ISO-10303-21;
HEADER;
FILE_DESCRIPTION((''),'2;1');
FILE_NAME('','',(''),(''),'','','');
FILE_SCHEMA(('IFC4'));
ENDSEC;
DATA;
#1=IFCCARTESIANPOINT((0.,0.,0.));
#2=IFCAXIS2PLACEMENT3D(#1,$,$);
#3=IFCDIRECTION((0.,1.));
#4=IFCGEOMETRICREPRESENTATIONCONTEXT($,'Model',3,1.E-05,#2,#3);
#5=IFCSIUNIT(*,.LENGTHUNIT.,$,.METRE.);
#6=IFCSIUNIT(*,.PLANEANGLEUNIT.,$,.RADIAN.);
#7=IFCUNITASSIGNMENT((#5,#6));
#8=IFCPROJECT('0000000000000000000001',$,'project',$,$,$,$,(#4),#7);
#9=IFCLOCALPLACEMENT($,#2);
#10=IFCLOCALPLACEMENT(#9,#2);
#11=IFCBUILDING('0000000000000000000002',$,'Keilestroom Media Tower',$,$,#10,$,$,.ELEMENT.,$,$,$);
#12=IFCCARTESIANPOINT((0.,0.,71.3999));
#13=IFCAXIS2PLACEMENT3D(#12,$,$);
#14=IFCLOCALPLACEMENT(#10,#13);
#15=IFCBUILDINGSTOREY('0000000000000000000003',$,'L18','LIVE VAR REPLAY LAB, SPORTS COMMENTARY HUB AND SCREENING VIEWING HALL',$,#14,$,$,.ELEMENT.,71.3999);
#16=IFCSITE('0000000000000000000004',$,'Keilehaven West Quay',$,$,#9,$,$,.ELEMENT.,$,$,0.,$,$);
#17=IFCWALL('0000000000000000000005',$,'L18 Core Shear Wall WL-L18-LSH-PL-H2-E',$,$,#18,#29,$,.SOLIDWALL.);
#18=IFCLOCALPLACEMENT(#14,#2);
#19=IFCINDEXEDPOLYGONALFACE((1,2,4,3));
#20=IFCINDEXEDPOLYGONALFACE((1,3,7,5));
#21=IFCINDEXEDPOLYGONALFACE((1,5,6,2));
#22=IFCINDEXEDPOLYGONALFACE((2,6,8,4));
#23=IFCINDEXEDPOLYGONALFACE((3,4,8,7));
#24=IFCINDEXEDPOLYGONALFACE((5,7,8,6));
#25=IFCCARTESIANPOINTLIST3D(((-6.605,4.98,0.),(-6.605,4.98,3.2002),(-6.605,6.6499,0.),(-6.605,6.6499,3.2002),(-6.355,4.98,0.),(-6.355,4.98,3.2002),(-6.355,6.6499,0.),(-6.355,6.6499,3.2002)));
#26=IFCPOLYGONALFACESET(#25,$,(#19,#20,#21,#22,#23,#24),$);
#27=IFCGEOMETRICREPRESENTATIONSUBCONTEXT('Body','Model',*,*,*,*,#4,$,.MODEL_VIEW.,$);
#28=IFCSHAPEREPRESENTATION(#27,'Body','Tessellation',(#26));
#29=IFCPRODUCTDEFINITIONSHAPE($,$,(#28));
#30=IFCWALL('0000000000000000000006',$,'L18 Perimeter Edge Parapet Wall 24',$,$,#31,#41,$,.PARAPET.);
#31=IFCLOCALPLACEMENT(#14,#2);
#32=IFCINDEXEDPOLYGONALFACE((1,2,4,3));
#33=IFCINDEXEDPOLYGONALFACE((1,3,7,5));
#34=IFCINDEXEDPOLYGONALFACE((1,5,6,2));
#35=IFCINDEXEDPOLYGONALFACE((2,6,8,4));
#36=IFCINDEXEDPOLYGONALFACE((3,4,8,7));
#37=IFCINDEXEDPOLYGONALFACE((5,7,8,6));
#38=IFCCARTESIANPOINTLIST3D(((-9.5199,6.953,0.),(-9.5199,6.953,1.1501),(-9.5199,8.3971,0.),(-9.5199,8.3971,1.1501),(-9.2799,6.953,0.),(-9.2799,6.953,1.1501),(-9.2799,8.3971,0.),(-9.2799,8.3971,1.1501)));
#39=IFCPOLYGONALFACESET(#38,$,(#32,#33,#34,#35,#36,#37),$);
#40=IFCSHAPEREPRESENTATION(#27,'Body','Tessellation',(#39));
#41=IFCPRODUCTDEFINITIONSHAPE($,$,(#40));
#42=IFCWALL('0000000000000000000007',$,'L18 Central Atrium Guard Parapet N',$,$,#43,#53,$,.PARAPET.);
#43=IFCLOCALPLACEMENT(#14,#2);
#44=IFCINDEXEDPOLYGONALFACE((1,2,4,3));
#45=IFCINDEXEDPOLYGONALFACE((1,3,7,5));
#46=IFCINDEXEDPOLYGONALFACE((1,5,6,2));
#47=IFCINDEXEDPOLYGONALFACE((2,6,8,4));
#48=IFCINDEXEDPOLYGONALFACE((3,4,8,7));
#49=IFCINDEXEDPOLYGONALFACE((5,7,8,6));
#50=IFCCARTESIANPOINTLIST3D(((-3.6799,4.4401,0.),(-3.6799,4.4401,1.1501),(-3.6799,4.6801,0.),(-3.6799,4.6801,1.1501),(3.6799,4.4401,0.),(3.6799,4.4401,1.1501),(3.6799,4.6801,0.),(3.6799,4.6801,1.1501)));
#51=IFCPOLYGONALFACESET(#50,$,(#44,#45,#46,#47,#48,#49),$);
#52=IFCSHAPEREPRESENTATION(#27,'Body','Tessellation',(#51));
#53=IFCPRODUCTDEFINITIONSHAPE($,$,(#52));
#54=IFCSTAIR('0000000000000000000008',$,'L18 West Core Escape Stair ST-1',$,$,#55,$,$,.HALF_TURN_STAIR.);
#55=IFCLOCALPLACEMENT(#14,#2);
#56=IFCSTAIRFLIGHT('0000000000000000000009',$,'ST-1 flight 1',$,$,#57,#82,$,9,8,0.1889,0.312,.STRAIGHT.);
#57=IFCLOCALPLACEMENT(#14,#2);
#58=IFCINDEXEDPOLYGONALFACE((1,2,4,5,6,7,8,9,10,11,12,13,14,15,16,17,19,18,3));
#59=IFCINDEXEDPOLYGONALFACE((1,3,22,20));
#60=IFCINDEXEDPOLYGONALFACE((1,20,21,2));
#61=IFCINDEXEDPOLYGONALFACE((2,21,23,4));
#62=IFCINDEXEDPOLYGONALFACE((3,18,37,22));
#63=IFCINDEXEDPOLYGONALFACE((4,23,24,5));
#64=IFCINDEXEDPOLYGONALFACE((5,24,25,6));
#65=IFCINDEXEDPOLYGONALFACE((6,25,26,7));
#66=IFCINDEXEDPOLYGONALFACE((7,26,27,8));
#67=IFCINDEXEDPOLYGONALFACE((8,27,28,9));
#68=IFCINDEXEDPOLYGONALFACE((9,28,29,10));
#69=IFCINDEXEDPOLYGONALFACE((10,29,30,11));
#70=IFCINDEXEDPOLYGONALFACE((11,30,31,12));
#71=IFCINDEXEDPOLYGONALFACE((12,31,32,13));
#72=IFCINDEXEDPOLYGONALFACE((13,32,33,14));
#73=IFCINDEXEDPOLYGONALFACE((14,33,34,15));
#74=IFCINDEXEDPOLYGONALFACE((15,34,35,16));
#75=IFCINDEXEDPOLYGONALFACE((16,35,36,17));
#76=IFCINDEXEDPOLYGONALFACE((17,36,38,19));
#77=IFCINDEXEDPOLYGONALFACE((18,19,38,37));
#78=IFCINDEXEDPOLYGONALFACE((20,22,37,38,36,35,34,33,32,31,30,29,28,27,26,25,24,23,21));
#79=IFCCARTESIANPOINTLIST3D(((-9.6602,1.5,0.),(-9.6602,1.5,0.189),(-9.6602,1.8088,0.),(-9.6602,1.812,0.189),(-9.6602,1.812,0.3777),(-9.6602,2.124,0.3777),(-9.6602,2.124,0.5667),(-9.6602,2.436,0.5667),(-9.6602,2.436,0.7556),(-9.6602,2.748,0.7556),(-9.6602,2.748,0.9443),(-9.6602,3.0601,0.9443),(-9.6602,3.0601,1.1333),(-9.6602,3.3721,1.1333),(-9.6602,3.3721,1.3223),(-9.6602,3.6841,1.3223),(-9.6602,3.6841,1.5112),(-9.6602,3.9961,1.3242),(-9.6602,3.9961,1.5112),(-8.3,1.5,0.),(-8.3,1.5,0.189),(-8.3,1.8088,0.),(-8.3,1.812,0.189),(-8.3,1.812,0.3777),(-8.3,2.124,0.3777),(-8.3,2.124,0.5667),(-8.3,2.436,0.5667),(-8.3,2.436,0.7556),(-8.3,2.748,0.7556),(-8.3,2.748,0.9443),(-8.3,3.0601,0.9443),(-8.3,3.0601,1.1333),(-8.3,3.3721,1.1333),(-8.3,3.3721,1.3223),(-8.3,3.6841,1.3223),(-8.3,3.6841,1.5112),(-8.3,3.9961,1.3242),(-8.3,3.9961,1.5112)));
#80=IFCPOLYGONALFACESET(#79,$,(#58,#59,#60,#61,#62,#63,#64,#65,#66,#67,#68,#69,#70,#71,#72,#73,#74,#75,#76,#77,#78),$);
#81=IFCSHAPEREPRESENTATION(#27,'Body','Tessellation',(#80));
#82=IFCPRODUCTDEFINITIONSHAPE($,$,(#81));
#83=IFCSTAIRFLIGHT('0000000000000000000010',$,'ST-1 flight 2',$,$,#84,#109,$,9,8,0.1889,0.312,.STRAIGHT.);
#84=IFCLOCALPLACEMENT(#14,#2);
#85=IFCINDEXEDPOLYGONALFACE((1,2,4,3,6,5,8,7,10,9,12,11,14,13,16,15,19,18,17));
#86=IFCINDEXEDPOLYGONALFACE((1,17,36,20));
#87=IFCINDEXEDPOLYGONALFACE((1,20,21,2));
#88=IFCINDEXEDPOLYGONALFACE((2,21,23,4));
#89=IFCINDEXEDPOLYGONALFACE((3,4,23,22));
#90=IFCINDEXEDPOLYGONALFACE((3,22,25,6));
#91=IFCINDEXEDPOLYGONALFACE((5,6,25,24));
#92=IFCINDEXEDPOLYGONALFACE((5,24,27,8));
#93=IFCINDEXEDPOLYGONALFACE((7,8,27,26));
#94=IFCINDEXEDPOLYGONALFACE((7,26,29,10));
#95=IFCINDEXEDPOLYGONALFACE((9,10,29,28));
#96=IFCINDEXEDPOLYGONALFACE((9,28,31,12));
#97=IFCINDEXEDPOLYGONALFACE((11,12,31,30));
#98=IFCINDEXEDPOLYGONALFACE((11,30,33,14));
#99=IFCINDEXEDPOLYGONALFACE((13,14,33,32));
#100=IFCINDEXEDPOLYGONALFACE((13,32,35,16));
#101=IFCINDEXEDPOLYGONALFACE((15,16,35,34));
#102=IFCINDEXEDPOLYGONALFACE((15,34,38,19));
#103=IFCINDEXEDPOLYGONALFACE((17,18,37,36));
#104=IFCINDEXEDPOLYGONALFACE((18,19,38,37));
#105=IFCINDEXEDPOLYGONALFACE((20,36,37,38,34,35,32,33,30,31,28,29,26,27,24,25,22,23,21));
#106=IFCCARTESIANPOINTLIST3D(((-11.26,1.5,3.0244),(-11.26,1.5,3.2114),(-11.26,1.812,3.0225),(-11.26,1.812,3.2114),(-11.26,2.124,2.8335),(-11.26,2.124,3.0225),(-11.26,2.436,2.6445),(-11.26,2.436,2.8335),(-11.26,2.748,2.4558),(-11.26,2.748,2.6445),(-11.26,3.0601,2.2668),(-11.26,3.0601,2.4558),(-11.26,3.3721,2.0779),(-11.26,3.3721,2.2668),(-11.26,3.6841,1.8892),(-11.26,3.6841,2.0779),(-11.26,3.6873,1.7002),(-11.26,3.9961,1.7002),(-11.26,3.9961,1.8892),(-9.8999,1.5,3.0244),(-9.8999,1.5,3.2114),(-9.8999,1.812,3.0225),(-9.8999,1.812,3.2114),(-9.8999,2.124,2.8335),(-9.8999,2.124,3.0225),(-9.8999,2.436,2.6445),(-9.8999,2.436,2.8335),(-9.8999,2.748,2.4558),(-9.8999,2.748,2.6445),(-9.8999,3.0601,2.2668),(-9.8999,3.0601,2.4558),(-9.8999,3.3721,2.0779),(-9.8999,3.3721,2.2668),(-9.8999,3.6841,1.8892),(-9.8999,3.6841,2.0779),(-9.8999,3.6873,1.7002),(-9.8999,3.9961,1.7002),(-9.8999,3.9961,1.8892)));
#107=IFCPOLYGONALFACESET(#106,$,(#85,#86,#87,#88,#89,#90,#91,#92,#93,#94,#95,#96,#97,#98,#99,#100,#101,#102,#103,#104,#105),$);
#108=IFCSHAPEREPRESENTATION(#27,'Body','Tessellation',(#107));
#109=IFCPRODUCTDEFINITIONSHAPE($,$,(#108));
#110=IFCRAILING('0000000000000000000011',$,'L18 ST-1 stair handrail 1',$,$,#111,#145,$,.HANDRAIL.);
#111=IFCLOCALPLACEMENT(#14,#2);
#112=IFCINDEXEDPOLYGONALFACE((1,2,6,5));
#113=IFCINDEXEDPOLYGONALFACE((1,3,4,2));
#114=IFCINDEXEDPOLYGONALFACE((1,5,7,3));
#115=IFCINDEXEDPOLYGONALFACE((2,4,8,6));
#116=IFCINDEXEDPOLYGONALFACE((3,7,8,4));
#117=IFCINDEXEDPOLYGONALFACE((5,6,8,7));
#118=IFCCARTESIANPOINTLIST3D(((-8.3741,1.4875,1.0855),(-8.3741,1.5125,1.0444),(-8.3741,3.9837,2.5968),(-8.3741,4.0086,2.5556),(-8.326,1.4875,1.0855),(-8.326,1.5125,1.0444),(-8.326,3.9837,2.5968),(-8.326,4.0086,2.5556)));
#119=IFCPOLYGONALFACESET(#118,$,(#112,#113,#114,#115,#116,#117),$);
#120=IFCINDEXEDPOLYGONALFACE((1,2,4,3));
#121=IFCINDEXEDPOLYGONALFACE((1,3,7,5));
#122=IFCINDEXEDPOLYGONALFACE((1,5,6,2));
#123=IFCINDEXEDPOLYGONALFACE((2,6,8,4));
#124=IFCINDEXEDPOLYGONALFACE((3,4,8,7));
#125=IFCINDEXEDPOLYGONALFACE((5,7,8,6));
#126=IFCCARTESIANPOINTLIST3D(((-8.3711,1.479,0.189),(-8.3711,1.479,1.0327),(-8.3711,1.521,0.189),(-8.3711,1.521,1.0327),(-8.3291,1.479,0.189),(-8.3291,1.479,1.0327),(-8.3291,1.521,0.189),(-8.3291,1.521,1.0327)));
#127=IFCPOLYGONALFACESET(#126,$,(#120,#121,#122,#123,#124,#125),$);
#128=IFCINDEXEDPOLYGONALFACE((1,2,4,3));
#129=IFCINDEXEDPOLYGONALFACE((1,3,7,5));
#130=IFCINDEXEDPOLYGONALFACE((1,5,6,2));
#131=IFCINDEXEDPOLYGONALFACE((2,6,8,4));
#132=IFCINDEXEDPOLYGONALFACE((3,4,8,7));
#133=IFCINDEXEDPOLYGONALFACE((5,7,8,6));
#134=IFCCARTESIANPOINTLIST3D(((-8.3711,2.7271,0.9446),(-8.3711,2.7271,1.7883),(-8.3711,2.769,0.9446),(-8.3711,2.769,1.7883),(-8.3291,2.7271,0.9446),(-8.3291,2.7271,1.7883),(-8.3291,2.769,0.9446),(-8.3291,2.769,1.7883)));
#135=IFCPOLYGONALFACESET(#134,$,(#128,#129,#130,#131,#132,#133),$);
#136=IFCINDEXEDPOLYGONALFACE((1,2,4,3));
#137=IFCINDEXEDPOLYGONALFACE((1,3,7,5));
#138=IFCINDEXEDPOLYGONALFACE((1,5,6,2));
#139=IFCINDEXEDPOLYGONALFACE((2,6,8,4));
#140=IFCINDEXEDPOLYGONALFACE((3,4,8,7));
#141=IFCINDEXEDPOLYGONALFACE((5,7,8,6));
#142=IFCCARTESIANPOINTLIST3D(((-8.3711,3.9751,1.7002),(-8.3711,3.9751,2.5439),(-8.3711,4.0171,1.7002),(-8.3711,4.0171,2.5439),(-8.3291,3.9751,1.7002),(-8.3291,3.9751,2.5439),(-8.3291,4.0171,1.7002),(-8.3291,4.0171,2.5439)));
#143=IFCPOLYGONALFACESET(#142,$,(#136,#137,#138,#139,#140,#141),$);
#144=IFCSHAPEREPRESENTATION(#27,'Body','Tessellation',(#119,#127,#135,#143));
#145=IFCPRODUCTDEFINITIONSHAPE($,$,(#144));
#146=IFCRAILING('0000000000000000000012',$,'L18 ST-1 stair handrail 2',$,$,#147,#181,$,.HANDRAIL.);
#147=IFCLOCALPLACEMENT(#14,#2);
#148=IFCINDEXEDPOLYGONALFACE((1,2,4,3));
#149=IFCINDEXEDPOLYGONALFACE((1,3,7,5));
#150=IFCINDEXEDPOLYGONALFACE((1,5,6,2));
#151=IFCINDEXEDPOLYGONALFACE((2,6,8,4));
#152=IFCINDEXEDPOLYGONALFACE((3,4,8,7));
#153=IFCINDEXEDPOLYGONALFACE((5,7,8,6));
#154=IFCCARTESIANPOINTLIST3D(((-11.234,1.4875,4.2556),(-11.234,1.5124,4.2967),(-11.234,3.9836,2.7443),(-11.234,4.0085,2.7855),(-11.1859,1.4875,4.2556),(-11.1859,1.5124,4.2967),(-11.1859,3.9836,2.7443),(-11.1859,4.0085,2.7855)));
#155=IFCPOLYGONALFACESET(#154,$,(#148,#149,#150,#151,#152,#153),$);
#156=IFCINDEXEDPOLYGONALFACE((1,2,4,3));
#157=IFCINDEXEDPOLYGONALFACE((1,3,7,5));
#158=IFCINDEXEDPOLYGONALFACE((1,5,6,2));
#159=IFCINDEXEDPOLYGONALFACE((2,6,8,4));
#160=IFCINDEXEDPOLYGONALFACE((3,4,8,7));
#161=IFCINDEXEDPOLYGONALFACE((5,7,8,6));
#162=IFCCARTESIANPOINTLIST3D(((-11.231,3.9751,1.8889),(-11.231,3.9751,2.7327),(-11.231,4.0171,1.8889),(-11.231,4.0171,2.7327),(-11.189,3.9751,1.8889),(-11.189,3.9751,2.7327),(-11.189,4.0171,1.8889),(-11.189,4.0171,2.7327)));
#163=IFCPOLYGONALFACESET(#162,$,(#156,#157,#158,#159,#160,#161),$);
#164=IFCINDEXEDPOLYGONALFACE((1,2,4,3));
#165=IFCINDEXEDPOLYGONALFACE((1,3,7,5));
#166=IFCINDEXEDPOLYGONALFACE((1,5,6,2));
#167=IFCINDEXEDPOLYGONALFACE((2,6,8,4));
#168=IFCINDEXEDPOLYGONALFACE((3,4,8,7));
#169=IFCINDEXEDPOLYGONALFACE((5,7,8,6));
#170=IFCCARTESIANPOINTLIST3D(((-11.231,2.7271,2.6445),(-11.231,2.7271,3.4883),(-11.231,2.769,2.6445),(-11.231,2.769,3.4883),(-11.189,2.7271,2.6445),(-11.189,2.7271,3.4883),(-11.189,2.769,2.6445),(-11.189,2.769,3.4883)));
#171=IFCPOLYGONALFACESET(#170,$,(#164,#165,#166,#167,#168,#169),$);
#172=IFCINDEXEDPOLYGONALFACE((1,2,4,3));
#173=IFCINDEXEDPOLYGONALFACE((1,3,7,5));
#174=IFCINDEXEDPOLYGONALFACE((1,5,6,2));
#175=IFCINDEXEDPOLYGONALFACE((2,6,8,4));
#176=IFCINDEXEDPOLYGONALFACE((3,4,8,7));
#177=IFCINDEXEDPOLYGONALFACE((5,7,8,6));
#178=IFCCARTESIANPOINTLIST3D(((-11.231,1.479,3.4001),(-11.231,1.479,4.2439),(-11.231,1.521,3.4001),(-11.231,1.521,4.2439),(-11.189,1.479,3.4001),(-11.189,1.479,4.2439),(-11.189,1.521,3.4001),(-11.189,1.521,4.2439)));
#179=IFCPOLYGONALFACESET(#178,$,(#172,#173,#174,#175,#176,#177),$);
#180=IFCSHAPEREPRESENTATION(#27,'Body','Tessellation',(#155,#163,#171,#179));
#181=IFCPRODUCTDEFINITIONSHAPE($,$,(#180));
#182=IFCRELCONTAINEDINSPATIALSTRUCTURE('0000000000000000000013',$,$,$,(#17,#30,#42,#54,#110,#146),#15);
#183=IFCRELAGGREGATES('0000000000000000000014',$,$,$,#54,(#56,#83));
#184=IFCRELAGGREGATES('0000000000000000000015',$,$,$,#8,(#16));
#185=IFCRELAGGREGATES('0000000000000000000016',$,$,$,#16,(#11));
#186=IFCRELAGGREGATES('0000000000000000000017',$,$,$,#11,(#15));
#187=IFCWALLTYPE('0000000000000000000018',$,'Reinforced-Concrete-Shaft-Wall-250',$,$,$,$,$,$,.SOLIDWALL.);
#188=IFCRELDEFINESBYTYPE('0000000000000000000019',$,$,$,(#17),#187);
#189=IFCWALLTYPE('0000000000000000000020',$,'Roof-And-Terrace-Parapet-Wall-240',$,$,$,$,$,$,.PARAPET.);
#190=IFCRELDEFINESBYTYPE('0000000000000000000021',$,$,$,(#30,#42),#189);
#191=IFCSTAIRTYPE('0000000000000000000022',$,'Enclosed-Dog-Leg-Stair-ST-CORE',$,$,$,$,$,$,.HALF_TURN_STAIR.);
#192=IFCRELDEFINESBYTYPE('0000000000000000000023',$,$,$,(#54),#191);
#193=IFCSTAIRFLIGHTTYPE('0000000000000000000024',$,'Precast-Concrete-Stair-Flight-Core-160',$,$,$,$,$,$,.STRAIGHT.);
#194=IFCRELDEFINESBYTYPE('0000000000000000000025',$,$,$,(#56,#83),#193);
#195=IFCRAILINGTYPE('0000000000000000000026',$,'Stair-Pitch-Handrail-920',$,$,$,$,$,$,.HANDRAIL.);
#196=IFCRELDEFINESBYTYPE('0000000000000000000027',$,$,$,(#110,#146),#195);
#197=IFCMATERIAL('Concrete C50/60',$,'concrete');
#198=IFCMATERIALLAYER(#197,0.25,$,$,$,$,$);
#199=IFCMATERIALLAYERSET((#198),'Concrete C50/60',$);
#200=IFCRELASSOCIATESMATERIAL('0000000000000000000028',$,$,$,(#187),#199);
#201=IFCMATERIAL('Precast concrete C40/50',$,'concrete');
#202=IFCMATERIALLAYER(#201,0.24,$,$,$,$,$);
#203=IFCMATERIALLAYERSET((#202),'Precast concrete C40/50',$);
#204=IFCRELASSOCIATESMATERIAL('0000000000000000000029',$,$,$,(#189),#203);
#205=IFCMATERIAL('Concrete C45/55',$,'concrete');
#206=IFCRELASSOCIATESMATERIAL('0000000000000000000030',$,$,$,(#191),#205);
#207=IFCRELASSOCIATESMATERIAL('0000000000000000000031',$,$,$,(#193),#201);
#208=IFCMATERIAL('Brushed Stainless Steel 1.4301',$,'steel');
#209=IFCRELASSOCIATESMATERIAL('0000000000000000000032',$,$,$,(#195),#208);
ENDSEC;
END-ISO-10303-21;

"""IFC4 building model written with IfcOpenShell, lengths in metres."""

from ifc_helpers import new_model, si_unit, direction, frame, frame_2d, origin, origin_2d, place, context, subcontext, project, spatial, polyline, rectangle, outline, extrude, material, layer, layer_set, type_object, element, aggregate, save


model = new_model("IFC4")

# Units and contexts
model_context = context("Model", 3, precision=1e-05, world=origin(), true_north=direction((0.0, 1.0)))
body_context = subcontext(model_context, "Body", "Model", "MODEL_VIEW")
ifc_project = project(units=[si_unit("LENGTHUNIT", "METRE"), si_unit("PLANEANGLEUNIT", "RADIAN")], contexts=[model_context])

# Site, building, storey
site_placement = place(None, origin())
site = spatial("IfcSite", under=ifc_project, at=site_placement, Name="Keilehaven West Quay", CompositionType="ELEMENT", RefElevation=0.0)
building_placement = place(site_placement, origin())
building = spatial("IfcBuilding", under=site, at=building_placement, Name="Keilestroom Media Tower", CompositionType="ELEMENT")
storey_placement = place(building_placement, frame((0.0, 0.0, 71.3999)))
storey = spatial("IfcBuildingStorey", under=building, at=storey_placement, Name="L18", Description="LIVE VAR REPLAY LAB, SPORTS COMMENTARY HUB AND SCREENING VIEWING HALL", CompositionType="ELEMENT", Elevation=71.3999)

# Shared definitions
ifc_material_1 = material(Name="Concrete C50/60", Category="concrete")
ifc_material_2 = material(Name="Concrete C45/55", Category="concrete")

# Shared definitions
ifc_layer_1 = layer(ifc_material_1, 0.25)
ifc_layer_set_1 = layer_set([ifc_layer_1], Name="Concrete C50/60")
wall_type_1 = type_object("IfcWallType", Name="Reinforced-Concrete-Shaft-Wall-250", PredefinedType="SOLIDWALL", material=ifc_layer_set_1)

# Walls
wall_1_placement = place(storey_placement, frame((-6.48, 4.98, 0.0), z_axis=(0.0, 0.0, 1.0), x_axis=(0.0, 1.0, 0.0)))
element("IfcWall", 1, at=wall_1_placement, inside=storey, type_object=wall_type_1, Name="L18 Core Shear Wall WL-L18-LSH-PL-H2-E", PredefinedType="SOLIDWALL", context=body_context, shape_type="SweptSolid", body=[
    extrude(rectangle(XDim=1.6699, YDim=0.25, at=frame_2d((0.835, 0.0))), origin(), (0.0, 0.0, 1.0), 3.2002),
])
ifc_material_3 = material(Name="Precast concrete C40/50", Category="concrete")
ifc_layer_2 = layer(ifc_material_3, 0.24)
ifc_layer_set_2 = layer_set([ifc_layer_2], Name="Precast concrete C40/50")
wall_type_2 = type_object("IfcWallType", Name="Roof-And-Terrace-Parapet-Wall-240", PredefinedType="PARAPET", material=ifc_layer_set_2)
wall_2_placement = place(storey_placement, frame((-9.3999, 6.9529, 0.0), z_axis=(0.0, 0.0, 1.0), x_axis=(0.0, 1.0, 0.0)))
element("IfcWall", 2, at=wall_2_placement, inside=storey, type_object=wall_type_2, Name="L18 Perimeter Edge Parapet Wall 24", PredefinedType="PARAPET", context=body_context, shape_type="SweptSolid", body=[
    extrude(rectangle(XDim=1.4441, YDim=0.24, at=frame_2d((0.7222, 0.0))), origin(), (0.0, 0.0, 1.0), 1.1501),
])
wall_3_placement = place(storey_placement, frame((-3.6799, 4.5601, 0.0), z_axis=(0.0, 0.0, 1.0), x_axis=(1.0, 0.0, 0.0)))
element("IfcWall", 3, at=wall_3_placement, inside=storey, type_object=wall_type_2, Name="L18 Central Atrium Guard Parapet N", PredefinedType="PARAPET", context=body_context, shape_type="SweptSolid", body=[
    extrude(rectangle(XDim=7.3599, YDim=0.24, at=frame_2d((3.6799, 0.0))), origin(), (0.0, 0.0, 1.0), 1.1501),
])

# Stair, stair flights
stair_type = type_object("IfcStairType", Name="Enclosed-Dog-Leg-Stair-ST-CORE", PredefinedType="HALF_TURN_STAIR", material=ifc_material_2)
stair_placement = place(storey_placement, origin())
stair = element("IfcStair", 4, at=stair_placement, inside=storey, type_object=stair_type, Name="L18 West Core Escape Stair ST-1", PredefinedType="HALF_TURN_STAIR")
stair_flight_type = type_object("IfcStairFlightType", Name="Precast-Concrete-Stair-Flight-Core-160", PredefinedType="STRAIGHT", material=ifc_material_3)
stair_flight_1_placement = place(storey_placement, frame((-8.98, 1.5, 0.0), z_axis=(0.0, 0.0, 1.0), x_axis=(0.0, 1.0, 0.0)))
stair_flight_1 = element("IfcStairFlight", 5, at=stair_flight_1_placement, type_object=stair_flight_type, Name="ST-1 flight 1", NumberOfRisers=9, NumberOfTreads=8, PredefinedType="STRAIGHT", RiserHeight=0.1889, TreadLength=0.312, context=body_context, shape_type="SweptSolid", body=[
    extrude(outline(polyline([(0.0, 0.0), (0.0, 0.189), (0.312, 0.189), (0.312, 0.3777), (0.624, 0.3777), (0.624, 0.5667), (0.936, 0.5667), (0.936, 0.7556), (1.248, 0.7556), (1.248, 0.9443), (1.5601, 0.9443), (1.5601, 1.1333), (1.8721, 1.1333), (1.8721, 1.3223), (2.1841, 1.3223), (2.1841, 1.5112), (2.4961, 1.5112), (2.4961, 1.7), (2.4961, 1.3242), (0.3088, 0.0), (0.0, 0.0)])), frame((0.0, 0.6802, 0.0), z_axis=(0.0, -1.0, 0.0), x_axis=(1.0, 0.0, 0.0)), (0.0, 0.0, 1.0), 1.3601),
])
stair_flight_2_placement = place(storey_placement, frame((-10.5801, 3.9961, 1.7002), z_axis=(0.0, 0.0, 1.0), x_axis=(0.0, -1.0, 0.0)))
stair_flight_2 = element("IfcStairFlight", 6, at=stair_flight_2_placement, type_object=stair_flight_type, Name="ST-1 flight 2", NumberOfRisers=9, NumberOfTreads=8, PredefinedType="STRAIGHT", RiserHeight=0.1889, TreadLength=0.312, context=body_context, shape_type="SweptSolid", body=[
    extrude(outline(polyline([(0.0, 0.0), (0.0, 0.189), (0.312, 0.189), (0.312, 0.3777), (0.624, 0.3777), (0.624, 0.5667), (0.936, 0.5667), (0.936, 0.7556), (1.248, 0.7556), (1.248, 0.9443), (1.5601, 0.9443), (1.5601, 1.1333), (1.8721, 1.1333), (1.8721, 1.3223), (2.1841, 1.3223), (2.1841, 1.5112), (2.4961, 1.5112), (2.4961, 1.7), (2.4961, 1.3242), (0.3088, 0.0), (0.0, 0.0)])), frame((0.0, 0.6802, 0.0), z_axis=(0.0, -1.0, 0.0), x_axis=(1.0, 0.0, 0.0)), (0.0, 0.0, 1.0), 1.3601),
])
aggregate(stair, [stair_flight_1, stair_flight_2])

# Railings
ifc_material_4 = material(Name="Brushed Stainless Steel 1.4301", Category="steel")
railing_type_1 = type_object("IfcRailingType", Name="Stair-Pitch-Handrail-920", PredefinedType="HANDRAIL", material=ifc_material_4)
railing_1_placement = place(storey_placement, frame((-8.3501, 1.5, 0.189)))
element("IfcRailing", 7, at=railing_1_placement, inside=storey, type_object=railing_type_1, Name="L18 ST-1 stair handrail 1", PredefinedType="HANDRAIL", context=body_context, shape_type="SweptSolid", body=[
    extrude(rectangle(XDim=0.0481, YDim=0.0481, at=origin_2d()), frame((0.0, 0.0, 0.876), z_axis=(0.0, 0.855434, 0.517912), x_axis=(-1.0, 0.0, 0.0)), (0.0, 0.0, 1.0), 2.918),
    extrude(rectangle(XDim=0.042, YDim=0.042, at=origin_2d()), origin(), (0.0, 0.0, 1.0), 0.8438),
    extrude(rectangle(XDim=0.042, YDim=0.042, at=origin_2d()), frame((0.0, 1.248, 0.7556)), (0.0, 0.0, 1.0), 0.8438),
    extrude(rectangle(XDim=0.042, YDim=0.042, at=origin_2d()), frame((0.0, 2.4961, 1.5112)), (0.0, 0.0, 1.0), 0.8438),
])
railing_2_placement = place(storey_placement, frame((-11.21, 3.9961, 1.8889)))
element("IfcRailing", 8, at=railing_2_placement, inside=storey, type_object=railing_type_1, Name="L18 ST-1 stair handrail 2", PredefinedType="HANDRAIL", context=body_context, shape_type="SweptSolid", body=[
    extrude(rectangle(XDim=0.0481, YDim=0.0481, at=origin_2d()), frame((0.0, 0.0, 0.876), z_axis=(0.0, -0.855434, 0.517912), x_axis=(1.0, 0.0, 0.0)), (0.0, 0.0, 1.0), 2.918),
    extrude(rectangle(XDim=0.042, YDim=0.042, at=origin_2d()), origin(), (0.0, 0.0, 1.0), 0.8438),
    extrude(rectangle(XDim=0.042, YDim=0.042, at=origin_2d()), frame((0.0, -1.248, 0.7556)), (0.0, 0.0, 1.0), 0.8438),
    extrude(rectangle(XDim=0.042, YDim=0.042, at=origin_2d()), frame((0.0, -2.4961, 1.5112)), (0.0, 0.0, 1.0), 0.8438),
])

save(model, "model.ifc")
